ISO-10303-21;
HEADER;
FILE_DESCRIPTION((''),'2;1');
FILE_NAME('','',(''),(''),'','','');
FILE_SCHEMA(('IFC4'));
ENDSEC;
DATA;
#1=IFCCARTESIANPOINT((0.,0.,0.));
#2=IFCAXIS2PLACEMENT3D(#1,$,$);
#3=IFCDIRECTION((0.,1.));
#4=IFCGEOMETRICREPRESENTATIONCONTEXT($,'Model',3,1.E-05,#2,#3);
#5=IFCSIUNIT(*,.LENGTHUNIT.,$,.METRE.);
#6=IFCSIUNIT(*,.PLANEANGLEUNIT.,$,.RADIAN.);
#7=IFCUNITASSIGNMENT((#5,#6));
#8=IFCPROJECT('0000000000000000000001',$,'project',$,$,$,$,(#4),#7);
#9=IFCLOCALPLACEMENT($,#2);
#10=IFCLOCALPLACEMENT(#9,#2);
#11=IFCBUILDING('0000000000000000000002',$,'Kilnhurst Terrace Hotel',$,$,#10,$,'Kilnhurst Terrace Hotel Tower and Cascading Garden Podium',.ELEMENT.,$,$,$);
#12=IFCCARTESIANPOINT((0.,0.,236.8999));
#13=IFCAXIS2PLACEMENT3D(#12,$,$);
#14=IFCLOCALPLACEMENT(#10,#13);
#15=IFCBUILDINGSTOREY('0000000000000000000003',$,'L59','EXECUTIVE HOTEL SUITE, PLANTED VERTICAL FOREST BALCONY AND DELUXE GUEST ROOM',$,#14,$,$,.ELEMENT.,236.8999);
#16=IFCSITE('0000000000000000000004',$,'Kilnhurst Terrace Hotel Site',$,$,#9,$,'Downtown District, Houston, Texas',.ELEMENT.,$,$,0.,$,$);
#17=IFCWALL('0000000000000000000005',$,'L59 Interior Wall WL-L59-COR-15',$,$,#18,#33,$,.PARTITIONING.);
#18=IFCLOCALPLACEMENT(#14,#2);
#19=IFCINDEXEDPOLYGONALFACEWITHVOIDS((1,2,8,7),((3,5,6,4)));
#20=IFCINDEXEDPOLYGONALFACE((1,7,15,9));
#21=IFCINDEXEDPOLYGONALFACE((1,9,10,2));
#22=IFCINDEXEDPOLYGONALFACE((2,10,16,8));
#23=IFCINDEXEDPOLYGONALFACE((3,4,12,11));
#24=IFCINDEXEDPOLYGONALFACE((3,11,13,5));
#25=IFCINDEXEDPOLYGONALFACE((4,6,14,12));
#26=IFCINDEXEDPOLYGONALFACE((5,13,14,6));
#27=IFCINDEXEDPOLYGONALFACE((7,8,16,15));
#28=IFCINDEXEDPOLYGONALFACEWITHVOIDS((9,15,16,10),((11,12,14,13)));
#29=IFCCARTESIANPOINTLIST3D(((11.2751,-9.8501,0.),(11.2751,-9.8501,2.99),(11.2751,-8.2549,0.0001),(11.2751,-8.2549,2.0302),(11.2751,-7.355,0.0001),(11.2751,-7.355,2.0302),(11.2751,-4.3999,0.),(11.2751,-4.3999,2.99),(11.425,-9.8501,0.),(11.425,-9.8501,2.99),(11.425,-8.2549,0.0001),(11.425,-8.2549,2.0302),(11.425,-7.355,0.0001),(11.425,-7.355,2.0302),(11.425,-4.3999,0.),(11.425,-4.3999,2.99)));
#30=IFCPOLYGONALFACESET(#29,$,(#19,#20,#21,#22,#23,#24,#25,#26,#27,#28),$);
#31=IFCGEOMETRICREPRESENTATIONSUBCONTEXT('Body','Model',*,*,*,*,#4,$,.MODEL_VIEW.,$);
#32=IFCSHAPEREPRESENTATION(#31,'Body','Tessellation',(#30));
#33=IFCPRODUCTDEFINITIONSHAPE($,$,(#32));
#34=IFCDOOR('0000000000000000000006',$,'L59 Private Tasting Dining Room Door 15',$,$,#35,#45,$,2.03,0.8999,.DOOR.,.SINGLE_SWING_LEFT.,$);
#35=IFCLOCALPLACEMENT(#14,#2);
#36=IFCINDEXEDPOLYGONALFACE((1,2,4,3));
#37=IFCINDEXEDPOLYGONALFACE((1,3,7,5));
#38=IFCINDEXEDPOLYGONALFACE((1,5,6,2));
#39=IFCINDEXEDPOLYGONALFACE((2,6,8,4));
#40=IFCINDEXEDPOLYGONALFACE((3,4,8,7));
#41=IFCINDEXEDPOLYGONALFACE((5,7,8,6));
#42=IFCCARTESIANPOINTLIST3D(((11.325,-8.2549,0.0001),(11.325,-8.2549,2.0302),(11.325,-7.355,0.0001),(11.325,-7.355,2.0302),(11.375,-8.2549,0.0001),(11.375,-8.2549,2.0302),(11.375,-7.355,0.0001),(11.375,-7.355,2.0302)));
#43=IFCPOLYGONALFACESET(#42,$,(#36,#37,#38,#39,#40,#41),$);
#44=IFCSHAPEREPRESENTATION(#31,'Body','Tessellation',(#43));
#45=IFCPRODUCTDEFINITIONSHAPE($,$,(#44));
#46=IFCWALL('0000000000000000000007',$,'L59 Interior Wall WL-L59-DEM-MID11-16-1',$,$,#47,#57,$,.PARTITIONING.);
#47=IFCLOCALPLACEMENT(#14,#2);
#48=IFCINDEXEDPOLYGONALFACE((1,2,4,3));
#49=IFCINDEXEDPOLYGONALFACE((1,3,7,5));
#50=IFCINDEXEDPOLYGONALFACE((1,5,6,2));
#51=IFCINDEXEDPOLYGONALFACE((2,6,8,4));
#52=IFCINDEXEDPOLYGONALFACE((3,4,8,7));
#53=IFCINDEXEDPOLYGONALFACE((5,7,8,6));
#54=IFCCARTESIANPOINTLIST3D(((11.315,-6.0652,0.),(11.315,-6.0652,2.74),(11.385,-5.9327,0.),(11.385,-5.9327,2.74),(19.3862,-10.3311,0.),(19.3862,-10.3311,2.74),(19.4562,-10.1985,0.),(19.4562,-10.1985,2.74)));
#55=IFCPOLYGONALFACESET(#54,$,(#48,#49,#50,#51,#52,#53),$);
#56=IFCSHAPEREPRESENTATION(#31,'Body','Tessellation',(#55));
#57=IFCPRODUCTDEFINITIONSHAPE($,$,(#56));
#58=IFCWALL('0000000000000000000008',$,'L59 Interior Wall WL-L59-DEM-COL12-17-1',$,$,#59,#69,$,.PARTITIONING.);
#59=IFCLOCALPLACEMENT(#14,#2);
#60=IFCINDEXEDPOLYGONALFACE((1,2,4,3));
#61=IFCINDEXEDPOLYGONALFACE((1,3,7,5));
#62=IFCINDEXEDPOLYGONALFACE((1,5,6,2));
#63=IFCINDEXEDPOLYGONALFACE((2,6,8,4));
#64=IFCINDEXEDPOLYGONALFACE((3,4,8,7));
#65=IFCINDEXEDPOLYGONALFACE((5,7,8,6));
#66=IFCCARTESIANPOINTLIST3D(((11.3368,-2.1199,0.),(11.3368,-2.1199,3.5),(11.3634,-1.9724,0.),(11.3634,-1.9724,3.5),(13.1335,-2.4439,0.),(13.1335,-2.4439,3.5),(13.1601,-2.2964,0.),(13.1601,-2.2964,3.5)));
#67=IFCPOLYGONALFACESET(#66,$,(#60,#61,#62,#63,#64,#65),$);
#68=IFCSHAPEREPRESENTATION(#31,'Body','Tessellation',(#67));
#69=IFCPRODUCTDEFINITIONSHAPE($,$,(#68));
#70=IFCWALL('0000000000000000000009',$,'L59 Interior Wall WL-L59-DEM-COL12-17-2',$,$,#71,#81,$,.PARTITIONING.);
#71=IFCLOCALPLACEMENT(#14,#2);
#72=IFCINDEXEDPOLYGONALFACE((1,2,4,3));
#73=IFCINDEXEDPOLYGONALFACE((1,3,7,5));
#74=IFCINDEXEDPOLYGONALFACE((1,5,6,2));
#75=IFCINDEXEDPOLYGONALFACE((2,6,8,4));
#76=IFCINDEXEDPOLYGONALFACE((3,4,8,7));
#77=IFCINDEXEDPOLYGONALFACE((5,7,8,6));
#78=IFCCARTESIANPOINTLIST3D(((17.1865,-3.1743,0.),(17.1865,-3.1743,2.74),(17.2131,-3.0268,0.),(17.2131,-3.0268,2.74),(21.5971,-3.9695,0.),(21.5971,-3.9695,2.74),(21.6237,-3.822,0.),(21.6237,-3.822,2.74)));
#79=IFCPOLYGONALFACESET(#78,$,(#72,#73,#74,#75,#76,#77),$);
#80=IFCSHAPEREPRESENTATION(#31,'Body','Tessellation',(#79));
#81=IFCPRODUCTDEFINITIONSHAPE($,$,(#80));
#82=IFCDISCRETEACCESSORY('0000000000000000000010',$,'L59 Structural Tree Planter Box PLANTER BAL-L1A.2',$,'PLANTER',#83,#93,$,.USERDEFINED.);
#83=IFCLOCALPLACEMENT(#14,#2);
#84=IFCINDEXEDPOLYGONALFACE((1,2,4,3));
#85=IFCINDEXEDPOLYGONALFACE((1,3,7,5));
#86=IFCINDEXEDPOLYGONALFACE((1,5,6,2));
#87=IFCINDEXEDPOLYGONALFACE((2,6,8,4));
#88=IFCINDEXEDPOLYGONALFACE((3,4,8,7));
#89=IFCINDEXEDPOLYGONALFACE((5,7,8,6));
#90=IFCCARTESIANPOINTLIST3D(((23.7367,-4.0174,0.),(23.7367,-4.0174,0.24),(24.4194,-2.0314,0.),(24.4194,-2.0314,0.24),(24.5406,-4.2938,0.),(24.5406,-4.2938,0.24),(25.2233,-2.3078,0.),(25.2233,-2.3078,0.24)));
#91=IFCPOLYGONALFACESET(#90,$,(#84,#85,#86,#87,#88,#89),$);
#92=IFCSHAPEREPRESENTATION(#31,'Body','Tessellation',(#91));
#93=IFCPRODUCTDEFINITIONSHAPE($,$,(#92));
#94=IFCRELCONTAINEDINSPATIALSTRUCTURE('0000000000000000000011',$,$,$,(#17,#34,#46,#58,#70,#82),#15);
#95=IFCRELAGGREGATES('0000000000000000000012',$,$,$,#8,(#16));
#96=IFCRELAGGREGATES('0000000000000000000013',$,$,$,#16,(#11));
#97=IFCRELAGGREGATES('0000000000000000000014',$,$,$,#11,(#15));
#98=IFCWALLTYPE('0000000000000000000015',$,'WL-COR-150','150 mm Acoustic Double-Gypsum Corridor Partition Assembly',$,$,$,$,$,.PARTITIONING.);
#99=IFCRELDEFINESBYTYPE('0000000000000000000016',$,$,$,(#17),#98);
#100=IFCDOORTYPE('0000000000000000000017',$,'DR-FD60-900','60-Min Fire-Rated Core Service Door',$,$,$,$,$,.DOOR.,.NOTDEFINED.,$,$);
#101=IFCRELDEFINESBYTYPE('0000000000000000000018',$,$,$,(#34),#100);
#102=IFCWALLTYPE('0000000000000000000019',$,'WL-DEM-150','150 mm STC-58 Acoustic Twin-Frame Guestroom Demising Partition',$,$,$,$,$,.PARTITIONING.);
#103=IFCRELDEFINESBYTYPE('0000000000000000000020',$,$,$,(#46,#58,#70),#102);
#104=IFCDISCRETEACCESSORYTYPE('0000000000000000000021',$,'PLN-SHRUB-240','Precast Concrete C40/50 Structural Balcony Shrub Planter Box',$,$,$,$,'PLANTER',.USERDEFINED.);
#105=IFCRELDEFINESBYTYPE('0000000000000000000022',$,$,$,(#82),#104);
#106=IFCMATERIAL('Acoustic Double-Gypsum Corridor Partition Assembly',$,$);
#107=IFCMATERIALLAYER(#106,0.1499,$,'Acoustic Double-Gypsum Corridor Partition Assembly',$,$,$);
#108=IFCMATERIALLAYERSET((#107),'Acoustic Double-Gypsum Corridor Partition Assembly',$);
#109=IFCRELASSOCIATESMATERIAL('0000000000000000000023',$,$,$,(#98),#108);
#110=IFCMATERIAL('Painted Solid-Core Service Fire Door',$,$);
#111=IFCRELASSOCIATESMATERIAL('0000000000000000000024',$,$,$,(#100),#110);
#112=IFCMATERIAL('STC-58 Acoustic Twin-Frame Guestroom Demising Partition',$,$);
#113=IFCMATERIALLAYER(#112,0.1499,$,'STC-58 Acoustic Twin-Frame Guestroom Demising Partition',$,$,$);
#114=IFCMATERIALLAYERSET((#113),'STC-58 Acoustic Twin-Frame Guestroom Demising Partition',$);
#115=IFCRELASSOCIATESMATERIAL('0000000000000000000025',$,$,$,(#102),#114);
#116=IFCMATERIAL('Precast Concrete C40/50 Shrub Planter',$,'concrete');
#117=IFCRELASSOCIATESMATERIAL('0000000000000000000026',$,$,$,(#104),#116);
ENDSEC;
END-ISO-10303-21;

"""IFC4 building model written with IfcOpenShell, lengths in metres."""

from ifc_helpers import new_model, si_unit, direction, frame, frame_2d, origin, origin_2d, place, context, subcontext, project, spatial, rectangle, extrude, material, layer, layer_set, type_object, element, fill, save


model = new_model("IFC4")

# Units and contexts
model_context = context("Model", 3, precision=1e-05, world=origin(), true_north=direction((0.0, 1.0)))
body_context = subcontext(model_context, "Body", "Model", "MODEL_VIEW")
ifc_project = project(units=[si_unit("LENGTHUNIT", "METRE"), si_unit("PLANEANGLEUNIT", "RADIAN")], contexts=[model_context])

# Site, building, storey
site_placement = place(None, origin())
site = spatial("IfcSite", under=ifc_project, at=site_placement, Name="Kilnhurst Terrace Hotel Site", LongName="Downtown District, Houston, Texas", CompositionType="ELEMENT", RefElevation=0.0)
building_placement = place(site_placement, origin())
building = spatial("IfcBuilding", under=site, at=building_placement, Name="Kilnhurst Terrace Hotel", LongName="Kilnhurst Terrace Hotel Tower and Cascading Garden Podium", CompositionType="ELEMENT")
storey_placement = place(building_placement, frame((0.0, 0.0, 236.8999)))
storey = spatial("IfcBuildingStorey", under=building, at=storey_placement, Name="L59", Description="EXECUTIVE HOTEL SUITE, PLANTED VERTICAL FOREST BALCONY AND DELUXE GUEST ROOM", CompositionType="ELEMENT", Elevation=236.8999)

# Shared definitions
ifc_material_1 = material(Name="Acoustic Double-Gypsum Corridor Partition Assembly")
ifc_layer_1 = layer(ifc_material_1, 0.1499, Name="Acoustic Double-Gypsum Corridor Partition Assembly")
ifc_layer_set_1 = layer_set([ifc_layer_1], Name="Acoustic Double-Gypsum Corridor Partition Assembly")
wall_type_1 = type_object("IfcWallType", Name="WL-COR-150", Description="150 mm Acoustic Double-Gypsum Corridor Partition Assembly", PredefinedType="PARTITIONING", material=ifc_layer_set_1)

# Wall, opening, door
ifc_material_2 = material(Name="Painted Solid-Core Service Fire Door")
door_type_1 = type_object("IfcDoorType", Name="DR-FD60-900", Description="60-Min Fire-Rated Core Service Door", OperationType="NOTDEFINED", PredefinedType="DOOR", material=ifc_material_2)
wall_1_placement = place(storey_placement, frame((11.3501, -4.3999, 0.0), z_axis=(0.0, 0.0, 1.0), x_axis=(0.0, -1.0, 0.0)))
wall_1 = element("IfcWall", 1, at=wall_1_placement, inside=storey, type_object=wall_type_1, Name="L59 Interior Wall WL-L59-COR-15", PredefinedType="PARTITIONING", context=body_context, shape_type="SweptSolid", body=[
    extrude(rectangle(XDim=5.4502, YDim=0.1499, at=frame_2d((2.7251, 0.0))), origin(), (0.0, 0.0, 1.0), 2.99),
])
opening_1_placement = place(wall_1_placement, frame((2.9551, 0.0, 0.0)))
opening_1 = element("IfcOpeningElement", 2, at=opening_1_placement, cuts=wall_1, PredefinedType="OPENING", context=body_context, shape_type="SweptSolid", body=[
    extrude(rectangle(XDim=0.8999, YDim=2.03, at=frame_2d((0.45, 1.0151))), frame((0.0, 0.085, 0.0), z_axis=(0.0, -1.0, 0.0), x_axis=(1.0, 0.0, 0.0)), (0.0, 0.0, 1.0), 0.1699),
])
door_1_placement = place(opening_1_placement, origin())
door_1 = element("IfcDoor", 3, at=door_1_placement, inside=storey, type_object=door_type_1, Name="L59 Private Tasting Dining Room Door 15", OperationType="SINGLE_SWING_LEFT", OverallHeight=2.03, OverallWidth=0.8999, PredefinedType="DOOR", context=body_context, shape_type="SweptSolid", body=[
    extrude(rectangle(XDim=0.8999, YDim=2.03, at=frame_2d((0.45, 1.0151))), frame((0.0, 0.0249, 0.0), z_axis=(0.0, -1.0, 0.0), x_axis=(1.0, 0.0, 0.0)), (0.0, 0.0, 1.0), 0.05),
])
fill(opening_1, door_1)

# Walls
ifc_material_3 = material(Name="STC-58 Acoustic Twin-Frame Guestroom Demising Partition")
ifc_layer_2 = layer(ifc_material_3, 0.1499, Name="STC-58 Acoustic Twin-Frame Guestroom Demising Partition")
ifc_layer_set_2 = layer_set([ifc_layer_2], Name="STC-58 Acoustic Twin-Frame Guestroom Demising Partition")
wall_type_2 = type_object("IfcWallType", Name="WL-DEM-150", Description="150 mm STC-58 Acoustic Twin-Frame Guestroom Demising Partition", PredefinedType="PARTITIONING", material=ifc_layer_set_2)
wall_2_placement = place(storey_placement, frame((11.3501, -5.999, 0.0), z_axis=(0.0, 0.0, 1.0), x_axis=(0.884112, -0.467274, 0.0)))
element("IfcWall", 4, at=wall_2_placement, inside=storey, type_object=wall_type_2, Name="L59 Interior Wall WL-L59-DEM-MID11-16-1", PredefinedType="PARTITIONING", context=body_context, shape_type="SweptSolid", body=[
    extrude(rectangle(XDim=9.1292, YDim=0.1499, at=frame_2d((4.5645, 0.0))), origin(), (0.0, 0.0, 1.0), 2.74),
])
wall_3_placement = place(storey_placement, frame((11.3501, -2.0461, 0.0), z_axis=(0.0, 0.0, 1.0), x_axis=(0.984128, -0.177461, 0.0)))
element("IfcWall", 5, at=wall_3_placement, inside=storey, type_object=wall_type_2, Name="L59 Interior Wall WL-L59-DEM-COL12-17-1", PredefinedType="PARTITIONING", context=body_context, shape_type="SweptSolid", body=[
    extrude(rectangle(XDim=1.8257, YDim=0.1499, at=frame_2d((0.9128, 0.0))), origin(), (0.0, 0.0, 1.0), 3.5),
])
wall_4_placement = place(storey_placement, frame((17.2, -3.1006, 0.0), z_axis=(0.0, 0.0, 1.0), x_axis=(0.984135, -0.177423, 0.0)))
element("IfcWall", 6, at=wall_4_placement, inside=storey, type_object=wall_type_2, Name="L59 Interior Wall WL-L59-DEM-COL12-17-2", PredefinedType="PARTITIONING", context=body_context, shape_type="SweptSolid", body=[
    extrude(rectangle(XDim=4.4817, YDim=0.1499, at=frame_2d((2.2407, 0.0))), origin(), (0.0, 0.0, 1.0), 2.74),
])

# Discrete accessory
ifc_material_4 = material(Name="Precast Concrete C40/50 Shrub Planter", Category="concrete")
discrete_accessory_type = type_object("IfcDiscreteAccessoryType", Name="PLN-SHRUB-240", Description="Precast Concrete C40/50 Structural Balcony Shrub Planter Box", ElementType="PLANTER", PredefinedType="USERDEFINED", material=ifc_material_4)
discrete_accessory_placement = place(storey_placement, frame((24.48, -3.1626, 0.0), z_axis=(0.0, 0.0, 1.0), x_axis=(0.32509, 0.945683, 0.0)))
element("IfcDiscreteAccessory", 7, at=discrete_accessory_placement, inside=storey, type_object=discrete_accessory_type, Name="L59 Structural Tree Planter Box PLANTER BAL-L1A.2", ObjectType="PLANTER", PredefinedType="USERDEFINED", context=body_context, shape_type="SweptSolid", body=[
    extrude(rectangle(XDim=2.1001, YDim=0.8501, at=origin_2d()), origin(), (0.0, 0.0, 1.0), 0.24),
])

save(model, "model.ifc")
